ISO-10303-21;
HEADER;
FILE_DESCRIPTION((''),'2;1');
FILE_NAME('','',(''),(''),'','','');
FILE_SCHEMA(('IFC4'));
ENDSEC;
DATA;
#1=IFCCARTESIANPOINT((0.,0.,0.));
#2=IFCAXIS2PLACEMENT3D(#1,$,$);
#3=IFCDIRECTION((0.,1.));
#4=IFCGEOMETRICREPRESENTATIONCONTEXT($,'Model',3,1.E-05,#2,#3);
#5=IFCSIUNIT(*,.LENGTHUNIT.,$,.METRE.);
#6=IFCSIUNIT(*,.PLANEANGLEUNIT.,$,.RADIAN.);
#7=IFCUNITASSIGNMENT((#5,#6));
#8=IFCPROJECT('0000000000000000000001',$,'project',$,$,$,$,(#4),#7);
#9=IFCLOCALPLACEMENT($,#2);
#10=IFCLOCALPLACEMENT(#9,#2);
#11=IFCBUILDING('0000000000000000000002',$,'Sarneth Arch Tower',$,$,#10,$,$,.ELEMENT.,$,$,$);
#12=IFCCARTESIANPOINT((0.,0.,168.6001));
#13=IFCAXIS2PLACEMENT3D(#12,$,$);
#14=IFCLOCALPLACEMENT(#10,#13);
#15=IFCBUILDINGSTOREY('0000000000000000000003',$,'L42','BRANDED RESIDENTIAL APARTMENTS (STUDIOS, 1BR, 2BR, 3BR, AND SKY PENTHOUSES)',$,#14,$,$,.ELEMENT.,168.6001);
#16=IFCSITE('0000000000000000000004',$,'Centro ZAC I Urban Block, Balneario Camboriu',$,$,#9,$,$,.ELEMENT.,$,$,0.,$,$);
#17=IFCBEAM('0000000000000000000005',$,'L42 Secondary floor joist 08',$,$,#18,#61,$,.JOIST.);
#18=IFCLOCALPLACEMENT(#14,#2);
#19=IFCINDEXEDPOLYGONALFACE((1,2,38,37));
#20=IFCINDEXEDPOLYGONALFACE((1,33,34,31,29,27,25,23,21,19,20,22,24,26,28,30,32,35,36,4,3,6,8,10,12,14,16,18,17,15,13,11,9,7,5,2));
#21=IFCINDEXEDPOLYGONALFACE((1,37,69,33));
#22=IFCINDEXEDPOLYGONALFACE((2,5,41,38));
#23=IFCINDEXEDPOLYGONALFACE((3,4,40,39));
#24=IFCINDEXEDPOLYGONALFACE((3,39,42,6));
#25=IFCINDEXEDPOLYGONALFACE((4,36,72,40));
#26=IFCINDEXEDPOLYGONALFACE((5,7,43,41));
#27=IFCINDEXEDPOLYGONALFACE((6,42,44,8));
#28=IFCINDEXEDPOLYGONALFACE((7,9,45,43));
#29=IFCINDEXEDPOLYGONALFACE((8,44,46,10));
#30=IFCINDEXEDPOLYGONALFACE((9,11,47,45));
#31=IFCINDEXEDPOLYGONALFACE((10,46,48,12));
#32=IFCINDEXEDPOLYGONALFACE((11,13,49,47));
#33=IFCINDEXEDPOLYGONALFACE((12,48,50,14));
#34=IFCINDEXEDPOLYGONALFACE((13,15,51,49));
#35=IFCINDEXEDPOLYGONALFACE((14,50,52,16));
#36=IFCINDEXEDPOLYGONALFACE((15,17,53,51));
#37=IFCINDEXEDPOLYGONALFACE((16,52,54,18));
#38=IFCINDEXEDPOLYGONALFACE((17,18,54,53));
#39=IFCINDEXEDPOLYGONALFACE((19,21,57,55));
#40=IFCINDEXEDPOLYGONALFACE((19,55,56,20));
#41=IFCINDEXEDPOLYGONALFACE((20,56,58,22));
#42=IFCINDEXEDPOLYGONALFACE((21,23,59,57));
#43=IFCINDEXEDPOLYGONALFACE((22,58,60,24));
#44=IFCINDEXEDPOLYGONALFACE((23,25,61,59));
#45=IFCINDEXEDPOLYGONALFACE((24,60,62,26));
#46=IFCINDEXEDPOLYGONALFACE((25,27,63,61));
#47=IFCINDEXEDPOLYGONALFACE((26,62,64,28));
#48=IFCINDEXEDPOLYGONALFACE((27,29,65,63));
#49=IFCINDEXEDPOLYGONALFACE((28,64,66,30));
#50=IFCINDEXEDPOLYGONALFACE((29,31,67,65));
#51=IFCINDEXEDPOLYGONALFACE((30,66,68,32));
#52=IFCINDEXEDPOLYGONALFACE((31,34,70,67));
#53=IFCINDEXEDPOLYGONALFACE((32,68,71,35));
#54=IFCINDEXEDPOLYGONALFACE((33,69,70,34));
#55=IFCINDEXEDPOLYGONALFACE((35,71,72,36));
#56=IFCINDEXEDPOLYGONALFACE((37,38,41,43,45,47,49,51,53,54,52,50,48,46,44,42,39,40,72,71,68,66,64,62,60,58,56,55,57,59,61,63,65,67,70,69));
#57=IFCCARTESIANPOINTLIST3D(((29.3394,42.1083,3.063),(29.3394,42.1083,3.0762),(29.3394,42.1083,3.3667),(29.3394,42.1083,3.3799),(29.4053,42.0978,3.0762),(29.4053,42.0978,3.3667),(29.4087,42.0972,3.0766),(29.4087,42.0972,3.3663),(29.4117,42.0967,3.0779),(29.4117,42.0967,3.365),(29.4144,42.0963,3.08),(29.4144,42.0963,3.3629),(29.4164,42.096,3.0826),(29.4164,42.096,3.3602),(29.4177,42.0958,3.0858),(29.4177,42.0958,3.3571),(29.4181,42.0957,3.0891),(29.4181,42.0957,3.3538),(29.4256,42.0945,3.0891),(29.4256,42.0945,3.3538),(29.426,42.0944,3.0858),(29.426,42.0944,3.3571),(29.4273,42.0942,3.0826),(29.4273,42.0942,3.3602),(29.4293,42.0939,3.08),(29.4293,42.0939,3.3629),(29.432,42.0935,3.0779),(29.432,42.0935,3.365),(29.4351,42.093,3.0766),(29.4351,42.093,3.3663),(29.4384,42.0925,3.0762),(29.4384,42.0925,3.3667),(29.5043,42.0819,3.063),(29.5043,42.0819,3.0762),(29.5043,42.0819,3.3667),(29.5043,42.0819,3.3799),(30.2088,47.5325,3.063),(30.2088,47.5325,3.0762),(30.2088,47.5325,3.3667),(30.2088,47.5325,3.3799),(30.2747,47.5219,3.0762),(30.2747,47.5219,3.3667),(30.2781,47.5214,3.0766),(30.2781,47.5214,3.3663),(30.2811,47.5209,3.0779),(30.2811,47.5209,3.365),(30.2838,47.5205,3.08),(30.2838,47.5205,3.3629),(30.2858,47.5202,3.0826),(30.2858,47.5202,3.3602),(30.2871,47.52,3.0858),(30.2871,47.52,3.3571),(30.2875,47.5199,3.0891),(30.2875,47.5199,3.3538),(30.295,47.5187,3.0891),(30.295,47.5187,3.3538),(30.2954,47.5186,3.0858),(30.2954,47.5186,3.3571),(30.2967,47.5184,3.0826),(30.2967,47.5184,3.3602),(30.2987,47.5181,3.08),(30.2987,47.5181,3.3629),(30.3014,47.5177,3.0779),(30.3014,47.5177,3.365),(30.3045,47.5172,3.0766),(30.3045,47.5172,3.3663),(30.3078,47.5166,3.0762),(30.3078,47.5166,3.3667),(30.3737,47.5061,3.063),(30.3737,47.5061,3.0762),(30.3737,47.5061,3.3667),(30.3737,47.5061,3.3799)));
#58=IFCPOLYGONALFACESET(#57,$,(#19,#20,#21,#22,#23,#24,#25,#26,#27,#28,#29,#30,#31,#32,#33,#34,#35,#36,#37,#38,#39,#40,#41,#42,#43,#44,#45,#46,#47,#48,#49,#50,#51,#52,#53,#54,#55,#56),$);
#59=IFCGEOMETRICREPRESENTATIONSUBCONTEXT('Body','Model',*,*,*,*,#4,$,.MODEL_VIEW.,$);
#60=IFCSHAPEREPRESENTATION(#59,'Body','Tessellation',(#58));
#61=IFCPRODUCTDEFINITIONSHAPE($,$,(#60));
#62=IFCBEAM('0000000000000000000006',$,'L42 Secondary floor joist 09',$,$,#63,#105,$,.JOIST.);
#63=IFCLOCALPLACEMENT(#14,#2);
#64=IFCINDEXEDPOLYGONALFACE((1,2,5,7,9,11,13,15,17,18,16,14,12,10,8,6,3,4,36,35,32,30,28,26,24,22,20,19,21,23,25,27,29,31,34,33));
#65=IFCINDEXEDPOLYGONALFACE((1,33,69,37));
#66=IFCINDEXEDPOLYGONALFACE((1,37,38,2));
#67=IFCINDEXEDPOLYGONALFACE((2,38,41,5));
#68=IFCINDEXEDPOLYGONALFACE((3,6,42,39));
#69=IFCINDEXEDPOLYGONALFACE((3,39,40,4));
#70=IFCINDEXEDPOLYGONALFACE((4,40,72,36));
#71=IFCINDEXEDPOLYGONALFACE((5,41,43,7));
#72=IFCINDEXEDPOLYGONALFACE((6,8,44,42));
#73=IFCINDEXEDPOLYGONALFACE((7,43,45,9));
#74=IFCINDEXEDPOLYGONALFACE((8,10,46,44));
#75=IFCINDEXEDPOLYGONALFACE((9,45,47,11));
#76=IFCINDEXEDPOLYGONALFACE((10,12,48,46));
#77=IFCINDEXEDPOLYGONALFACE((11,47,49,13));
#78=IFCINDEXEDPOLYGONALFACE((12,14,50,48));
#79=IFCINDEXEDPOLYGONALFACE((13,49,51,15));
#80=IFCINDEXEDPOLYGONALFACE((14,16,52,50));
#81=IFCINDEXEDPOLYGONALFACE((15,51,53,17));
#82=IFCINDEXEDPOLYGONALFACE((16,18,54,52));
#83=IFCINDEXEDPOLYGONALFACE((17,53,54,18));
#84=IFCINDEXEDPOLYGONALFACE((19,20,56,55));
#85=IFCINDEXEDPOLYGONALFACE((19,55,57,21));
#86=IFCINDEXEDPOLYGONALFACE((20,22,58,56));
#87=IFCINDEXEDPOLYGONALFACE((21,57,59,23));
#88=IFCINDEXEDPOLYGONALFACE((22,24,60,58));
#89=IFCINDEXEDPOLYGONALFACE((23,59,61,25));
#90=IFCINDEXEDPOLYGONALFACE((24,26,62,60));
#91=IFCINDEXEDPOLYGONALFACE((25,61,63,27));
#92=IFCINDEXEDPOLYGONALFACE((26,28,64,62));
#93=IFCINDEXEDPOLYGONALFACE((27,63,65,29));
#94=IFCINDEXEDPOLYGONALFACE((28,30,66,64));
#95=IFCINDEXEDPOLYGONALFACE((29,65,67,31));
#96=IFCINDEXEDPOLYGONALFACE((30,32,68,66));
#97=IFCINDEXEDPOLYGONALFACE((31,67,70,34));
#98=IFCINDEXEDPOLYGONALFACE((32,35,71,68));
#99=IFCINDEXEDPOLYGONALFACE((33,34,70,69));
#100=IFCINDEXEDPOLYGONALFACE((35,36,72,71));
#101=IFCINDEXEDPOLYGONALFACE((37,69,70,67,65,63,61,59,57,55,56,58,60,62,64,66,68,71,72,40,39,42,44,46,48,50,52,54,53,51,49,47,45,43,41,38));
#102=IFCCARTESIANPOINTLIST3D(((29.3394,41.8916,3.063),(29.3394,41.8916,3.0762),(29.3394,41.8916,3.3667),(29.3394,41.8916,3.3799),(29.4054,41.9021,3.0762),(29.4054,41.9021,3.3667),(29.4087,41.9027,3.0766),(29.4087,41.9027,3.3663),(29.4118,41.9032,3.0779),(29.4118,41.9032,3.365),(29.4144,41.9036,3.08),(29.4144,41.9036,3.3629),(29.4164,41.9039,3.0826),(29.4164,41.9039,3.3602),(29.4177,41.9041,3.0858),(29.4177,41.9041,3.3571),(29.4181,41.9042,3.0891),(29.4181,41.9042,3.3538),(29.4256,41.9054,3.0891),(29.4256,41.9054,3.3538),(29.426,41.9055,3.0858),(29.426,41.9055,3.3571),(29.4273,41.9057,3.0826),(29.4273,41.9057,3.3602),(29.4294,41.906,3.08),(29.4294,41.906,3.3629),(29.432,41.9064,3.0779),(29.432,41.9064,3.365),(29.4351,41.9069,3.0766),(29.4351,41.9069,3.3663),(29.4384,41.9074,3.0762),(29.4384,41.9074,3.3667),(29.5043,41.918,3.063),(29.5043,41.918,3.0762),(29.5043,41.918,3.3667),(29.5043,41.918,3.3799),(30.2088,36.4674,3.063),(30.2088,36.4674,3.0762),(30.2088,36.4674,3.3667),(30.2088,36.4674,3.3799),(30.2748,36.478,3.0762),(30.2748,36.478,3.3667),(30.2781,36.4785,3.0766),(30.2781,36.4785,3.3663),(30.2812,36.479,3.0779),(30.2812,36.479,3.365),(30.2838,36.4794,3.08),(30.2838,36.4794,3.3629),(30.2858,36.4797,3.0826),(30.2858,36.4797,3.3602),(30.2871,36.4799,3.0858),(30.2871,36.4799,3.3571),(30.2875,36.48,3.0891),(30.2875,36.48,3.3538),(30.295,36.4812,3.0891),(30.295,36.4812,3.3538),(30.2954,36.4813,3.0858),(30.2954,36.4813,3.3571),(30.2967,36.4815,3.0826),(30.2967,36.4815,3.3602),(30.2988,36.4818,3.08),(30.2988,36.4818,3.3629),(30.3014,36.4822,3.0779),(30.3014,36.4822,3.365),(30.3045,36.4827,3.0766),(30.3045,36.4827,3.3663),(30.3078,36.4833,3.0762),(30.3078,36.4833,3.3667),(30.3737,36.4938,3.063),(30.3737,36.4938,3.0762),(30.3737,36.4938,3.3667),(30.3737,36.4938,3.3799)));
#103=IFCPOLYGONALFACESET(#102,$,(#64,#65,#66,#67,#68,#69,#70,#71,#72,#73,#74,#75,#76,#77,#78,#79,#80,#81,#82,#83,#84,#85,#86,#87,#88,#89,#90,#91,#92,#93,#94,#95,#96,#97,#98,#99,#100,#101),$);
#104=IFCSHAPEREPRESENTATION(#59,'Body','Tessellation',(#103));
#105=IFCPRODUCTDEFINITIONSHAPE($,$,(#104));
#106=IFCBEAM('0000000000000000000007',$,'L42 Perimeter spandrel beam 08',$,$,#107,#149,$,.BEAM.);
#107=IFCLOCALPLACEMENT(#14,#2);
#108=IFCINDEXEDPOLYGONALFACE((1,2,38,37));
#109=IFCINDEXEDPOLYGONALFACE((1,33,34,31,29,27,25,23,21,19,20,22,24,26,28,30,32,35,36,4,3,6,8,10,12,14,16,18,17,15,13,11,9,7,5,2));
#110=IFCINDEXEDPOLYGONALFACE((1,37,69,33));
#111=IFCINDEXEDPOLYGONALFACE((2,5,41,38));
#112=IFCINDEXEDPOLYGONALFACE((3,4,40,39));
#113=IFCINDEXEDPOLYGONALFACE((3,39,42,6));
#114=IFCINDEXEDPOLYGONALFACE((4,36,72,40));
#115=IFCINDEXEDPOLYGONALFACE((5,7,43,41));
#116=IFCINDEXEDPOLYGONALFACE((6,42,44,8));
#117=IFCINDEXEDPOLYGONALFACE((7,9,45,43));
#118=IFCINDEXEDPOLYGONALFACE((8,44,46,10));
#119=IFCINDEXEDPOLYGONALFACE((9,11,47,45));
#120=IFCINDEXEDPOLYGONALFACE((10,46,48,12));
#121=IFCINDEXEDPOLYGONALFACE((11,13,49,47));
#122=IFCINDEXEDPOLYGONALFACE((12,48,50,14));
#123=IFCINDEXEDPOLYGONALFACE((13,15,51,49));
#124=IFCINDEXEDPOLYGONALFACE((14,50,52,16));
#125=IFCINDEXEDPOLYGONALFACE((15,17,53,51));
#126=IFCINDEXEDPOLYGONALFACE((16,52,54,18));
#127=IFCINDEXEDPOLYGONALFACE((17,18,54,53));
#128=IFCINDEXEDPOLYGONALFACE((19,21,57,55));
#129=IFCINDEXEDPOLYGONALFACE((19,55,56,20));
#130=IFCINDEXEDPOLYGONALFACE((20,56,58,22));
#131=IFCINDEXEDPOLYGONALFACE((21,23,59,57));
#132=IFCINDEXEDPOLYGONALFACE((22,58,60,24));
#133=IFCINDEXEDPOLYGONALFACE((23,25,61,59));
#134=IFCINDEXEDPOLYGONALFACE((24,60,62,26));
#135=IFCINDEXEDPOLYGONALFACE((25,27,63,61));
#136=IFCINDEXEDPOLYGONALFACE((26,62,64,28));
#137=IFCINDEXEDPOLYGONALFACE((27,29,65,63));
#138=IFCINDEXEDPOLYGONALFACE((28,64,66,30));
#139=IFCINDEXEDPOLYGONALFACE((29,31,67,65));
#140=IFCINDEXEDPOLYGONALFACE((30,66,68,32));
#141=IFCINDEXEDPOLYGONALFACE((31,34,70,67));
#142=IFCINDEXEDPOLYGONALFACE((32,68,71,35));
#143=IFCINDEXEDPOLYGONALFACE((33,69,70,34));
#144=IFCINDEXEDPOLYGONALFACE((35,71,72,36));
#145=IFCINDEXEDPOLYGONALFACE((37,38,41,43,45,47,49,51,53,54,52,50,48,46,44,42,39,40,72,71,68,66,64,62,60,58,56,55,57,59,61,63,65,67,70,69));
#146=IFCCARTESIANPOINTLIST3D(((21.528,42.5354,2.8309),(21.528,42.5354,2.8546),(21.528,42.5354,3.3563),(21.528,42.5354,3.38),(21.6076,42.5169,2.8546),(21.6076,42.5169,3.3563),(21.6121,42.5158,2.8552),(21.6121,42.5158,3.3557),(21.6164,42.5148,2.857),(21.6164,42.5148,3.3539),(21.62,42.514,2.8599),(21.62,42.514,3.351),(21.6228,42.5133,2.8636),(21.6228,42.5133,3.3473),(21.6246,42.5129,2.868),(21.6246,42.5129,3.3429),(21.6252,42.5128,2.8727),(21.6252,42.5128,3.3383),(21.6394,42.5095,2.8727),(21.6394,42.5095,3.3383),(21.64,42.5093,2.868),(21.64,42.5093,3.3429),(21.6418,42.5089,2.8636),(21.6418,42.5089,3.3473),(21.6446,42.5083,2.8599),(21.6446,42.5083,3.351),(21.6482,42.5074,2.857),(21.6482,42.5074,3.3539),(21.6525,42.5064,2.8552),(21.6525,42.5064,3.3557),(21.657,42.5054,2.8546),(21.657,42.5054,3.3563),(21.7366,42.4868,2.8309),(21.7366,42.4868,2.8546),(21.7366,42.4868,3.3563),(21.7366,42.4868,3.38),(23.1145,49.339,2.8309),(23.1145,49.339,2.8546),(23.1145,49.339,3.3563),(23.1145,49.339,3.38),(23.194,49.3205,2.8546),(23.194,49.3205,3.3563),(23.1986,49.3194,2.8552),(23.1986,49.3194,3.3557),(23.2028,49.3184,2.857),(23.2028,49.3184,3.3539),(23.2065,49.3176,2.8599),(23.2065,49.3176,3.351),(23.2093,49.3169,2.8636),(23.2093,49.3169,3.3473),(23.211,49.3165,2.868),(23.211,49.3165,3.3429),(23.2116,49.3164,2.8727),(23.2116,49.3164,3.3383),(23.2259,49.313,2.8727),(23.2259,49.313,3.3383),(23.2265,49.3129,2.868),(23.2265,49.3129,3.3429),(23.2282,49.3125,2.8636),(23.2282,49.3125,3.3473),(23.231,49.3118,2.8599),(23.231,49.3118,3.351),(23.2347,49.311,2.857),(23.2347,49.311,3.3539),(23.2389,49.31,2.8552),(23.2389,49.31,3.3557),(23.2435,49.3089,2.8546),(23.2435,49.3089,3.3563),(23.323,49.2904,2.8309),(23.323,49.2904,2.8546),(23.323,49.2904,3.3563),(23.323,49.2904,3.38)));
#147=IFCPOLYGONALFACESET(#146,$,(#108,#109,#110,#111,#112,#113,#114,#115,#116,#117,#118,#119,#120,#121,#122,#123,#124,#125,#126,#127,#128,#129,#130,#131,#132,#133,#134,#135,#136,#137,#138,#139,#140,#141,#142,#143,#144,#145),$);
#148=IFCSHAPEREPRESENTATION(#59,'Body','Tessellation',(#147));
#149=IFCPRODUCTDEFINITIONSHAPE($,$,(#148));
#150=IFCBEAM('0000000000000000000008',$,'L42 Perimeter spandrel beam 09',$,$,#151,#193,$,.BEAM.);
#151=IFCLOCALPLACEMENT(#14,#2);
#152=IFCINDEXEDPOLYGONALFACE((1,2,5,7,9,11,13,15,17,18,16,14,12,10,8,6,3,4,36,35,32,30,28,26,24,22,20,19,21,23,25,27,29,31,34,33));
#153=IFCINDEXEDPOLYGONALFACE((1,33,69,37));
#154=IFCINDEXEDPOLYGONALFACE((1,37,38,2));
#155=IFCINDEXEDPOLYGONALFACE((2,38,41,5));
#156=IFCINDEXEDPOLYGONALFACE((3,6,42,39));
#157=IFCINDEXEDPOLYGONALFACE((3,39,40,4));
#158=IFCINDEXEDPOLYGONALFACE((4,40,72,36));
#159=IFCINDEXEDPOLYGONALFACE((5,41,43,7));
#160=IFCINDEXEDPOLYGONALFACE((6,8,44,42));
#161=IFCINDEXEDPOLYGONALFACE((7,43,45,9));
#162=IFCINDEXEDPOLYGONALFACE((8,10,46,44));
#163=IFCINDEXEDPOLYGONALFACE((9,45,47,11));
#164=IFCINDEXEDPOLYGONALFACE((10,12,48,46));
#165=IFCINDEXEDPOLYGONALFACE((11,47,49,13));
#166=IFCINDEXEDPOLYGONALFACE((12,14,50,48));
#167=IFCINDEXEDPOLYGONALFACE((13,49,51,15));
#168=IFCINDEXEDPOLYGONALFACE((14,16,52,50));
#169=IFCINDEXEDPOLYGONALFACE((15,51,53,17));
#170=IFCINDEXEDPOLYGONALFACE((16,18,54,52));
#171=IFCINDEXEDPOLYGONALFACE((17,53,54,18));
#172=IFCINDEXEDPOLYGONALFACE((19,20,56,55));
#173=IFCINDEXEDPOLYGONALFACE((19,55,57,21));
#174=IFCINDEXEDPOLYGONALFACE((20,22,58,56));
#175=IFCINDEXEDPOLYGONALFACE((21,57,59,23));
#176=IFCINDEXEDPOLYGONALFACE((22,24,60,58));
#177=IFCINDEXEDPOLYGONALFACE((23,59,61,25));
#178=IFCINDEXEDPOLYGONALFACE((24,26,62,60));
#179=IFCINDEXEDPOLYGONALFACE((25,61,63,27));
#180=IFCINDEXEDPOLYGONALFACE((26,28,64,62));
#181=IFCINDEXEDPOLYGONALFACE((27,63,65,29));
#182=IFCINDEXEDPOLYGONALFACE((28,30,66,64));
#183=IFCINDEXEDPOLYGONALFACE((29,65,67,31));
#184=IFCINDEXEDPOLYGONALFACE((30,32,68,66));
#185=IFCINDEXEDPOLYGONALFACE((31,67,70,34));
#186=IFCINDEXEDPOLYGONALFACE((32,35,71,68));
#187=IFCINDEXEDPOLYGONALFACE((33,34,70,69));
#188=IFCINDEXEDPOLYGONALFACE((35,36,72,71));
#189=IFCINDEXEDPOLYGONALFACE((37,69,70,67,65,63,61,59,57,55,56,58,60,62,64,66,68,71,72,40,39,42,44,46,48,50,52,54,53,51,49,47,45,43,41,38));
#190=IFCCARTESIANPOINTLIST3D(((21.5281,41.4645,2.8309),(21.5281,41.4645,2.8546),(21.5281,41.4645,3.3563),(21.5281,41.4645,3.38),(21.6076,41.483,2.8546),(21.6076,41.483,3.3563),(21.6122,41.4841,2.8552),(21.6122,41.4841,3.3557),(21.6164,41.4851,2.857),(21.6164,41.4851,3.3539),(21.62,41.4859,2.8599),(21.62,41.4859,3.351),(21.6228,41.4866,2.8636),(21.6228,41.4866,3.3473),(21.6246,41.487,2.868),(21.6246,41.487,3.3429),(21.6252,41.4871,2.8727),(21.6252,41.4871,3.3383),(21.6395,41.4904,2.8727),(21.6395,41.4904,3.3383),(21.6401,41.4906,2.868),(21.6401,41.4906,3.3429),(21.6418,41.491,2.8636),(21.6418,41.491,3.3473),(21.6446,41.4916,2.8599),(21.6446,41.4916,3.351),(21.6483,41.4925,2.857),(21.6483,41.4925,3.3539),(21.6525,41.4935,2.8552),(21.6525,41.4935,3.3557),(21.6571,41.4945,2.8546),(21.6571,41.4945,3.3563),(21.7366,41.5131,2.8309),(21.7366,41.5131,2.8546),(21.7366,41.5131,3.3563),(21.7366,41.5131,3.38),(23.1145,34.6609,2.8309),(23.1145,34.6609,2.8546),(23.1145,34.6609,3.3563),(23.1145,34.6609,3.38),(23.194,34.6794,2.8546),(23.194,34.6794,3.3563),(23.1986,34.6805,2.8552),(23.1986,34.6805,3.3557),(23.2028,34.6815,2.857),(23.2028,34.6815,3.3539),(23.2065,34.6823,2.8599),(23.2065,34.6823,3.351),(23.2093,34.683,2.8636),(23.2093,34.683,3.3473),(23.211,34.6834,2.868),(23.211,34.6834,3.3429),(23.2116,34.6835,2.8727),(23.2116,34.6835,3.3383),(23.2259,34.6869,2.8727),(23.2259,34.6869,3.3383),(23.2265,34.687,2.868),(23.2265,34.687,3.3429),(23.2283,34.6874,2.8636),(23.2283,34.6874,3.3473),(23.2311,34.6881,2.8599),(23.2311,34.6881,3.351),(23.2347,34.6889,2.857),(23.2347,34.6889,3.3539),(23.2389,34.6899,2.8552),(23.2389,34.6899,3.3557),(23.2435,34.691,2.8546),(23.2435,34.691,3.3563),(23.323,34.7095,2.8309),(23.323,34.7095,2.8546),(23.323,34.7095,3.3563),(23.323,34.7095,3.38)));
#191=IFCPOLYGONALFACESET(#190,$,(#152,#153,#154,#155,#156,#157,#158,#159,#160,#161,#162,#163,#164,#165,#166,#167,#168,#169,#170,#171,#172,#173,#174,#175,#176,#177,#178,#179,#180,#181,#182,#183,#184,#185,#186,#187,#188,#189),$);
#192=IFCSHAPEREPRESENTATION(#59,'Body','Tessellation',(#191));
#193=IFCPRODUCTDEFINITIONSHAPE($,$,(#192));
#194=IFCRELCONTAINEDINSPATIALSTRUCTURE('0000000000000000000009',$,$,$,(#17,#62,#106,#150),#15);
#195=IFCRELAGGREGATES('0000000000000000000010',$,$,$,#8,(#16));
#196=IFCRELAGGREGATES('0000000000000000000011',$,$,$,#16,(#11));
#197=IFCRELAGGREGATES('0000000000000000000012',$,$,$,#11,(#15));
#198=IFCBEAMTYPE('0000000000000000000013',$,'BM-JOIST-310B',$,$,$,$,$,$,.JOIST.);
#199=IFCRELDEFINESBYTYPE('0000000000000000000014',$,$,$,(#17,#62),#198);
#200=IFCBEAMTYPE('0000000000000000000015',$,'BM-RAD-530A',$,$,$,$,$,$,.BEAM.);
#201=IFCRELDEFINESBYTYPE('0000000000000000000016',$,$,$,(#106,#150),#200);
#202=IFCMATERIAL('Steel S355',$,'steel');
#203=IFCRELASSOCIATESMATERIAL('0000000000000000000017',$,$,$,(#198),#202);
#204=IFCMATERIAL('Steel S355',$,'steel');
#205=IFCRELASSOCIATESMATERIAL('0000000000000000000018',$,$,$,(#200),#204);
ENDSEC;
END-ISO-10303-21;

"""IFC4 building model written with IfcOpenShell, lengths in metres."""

from ifc_helpers import new_model, si_unit, direction, frame, origin, origin_2d, place, context, subcontext, project, spatial, i_section, extrude, material, material_profile, profile_set, type_object, element, save


model = new_model("IFC4")

# Units and contexts
model_context = context("Model", 3, precision=1e-05, world=origin(), true_north=direction((0.0, 1.0)))
body_context = subcontext(model_context, "Body", "Model", "MODEL_VIEW")
ifc_project = project(units=[si_unit("LENGTHUNIT", "METRE"), si_unit("PLANEANGLEUNIT", "RADIAN")], contexts=[model_context])

# Site, building, storey
site_placement = place(None, origin())
site = spatial("IfcSite", under=ifc_project, at=site_placement, Name="Centro ZAC I Urban Block, Balneario Camboriu", CompositionType="ELEMENT", RefElevation=0.0)
building_placement = place(site_placement, origin())
building = spatial("IfcBuilding", under=site, at=building_placement, Name="Sarneth Arch Tower", CompositionType="ELEMENT")
storey_placement = place(building_placement, frame((0.0, 0.0, 168.6001)))
storey = spatial("IfcBuildingStorey", under=building, at=storey_placement, Name="L42", Description="BRANDED RESIDENTIAL APARTMENTS (STUDIOS, 1BR, 2BR, 3BR, AND SKY PENTHOUSES)", CompositionType="ELEMENT", Elevation=168.6001)

# Beams
ifc_material_1 = material(Name="Steel S355", Category="steel")
ifc_material_profile_1 = material_profile(ifc_material_1, i_section(OverallWidth=0.167, OverallDepth=0.3169, WebThickness=0.0076, FlangeThickness=0.0132, FilletRadius=0.0129, at=origin_2d()), Name="W310x52")
ifc_profile_set_1 = profile_set([ifc_material_profile_1], Name="Steel S355")
beam_type_1 = type_object("IfcBeamType", Name="BM-JOIST-310B", PredefinedType="JOIST", material=ifc_profile_set_1)
for number, where, z_axis, x_axis, name in (
    (1, (30.2913, 47.5193, 3.2214), (-0.158263, -0.987397, 0.0), (0.987397, -0.158263, 0.0), "L42 Secondary floor joist 08"),
    (2, (29.4219, 41.9048, 3.2214), (0.158263, -0.987397, 0.0), (0.987397, 0.158263, 0.0), "L42 Secondary floor joist 09"),
):
    element("IfcBeam", number, at=place(storey_placement, frame(where, z_axis=z_axis, x_axis=x_axis)), inside=storey, type_object=beam_type_1, Name=name, PredefinedType="JOIST", context=body_context, shape_type="SweptSolid", body=[
        extrude(i_section(OverallWidth=0.167, OverallDepth=0.3169, WebThickness=0.0076, FlangeThickness=0.0132, FilletRadius=0.0129, at=origin_2d()), origin(), (0.0, 0.0, 1.0), 5.4934),
    ])
ifc_material_2 = material(Name="Steel S355", Category="steel")
ifc_material_profile_2 = material_profile(ifc_material_2, i_section(OverallWidth=0.2141, OverallDepth=0.5491, WebThickness=0.0146, FlangeThickness=0.0237, FilletRadius=0.0181, at=origin_2d()), Name="W530x138")
ifc_profile_set_2 = profile_set([ifc_material_profile_2], Name="Steel S355")
beam_type_2 = type_object("IfcBeamType", Name="BM-RAD-530A", PredefinedType="BEAM", material=ifc_profile_set_2)
for number, where, z_axis, x_axis, name in (
    (3, (23.2188, 49.3147, 3.1055), (-0.227087, -0.973874, 0.0), (0.973874, -0.227087, 0.0), "L42 Perimeter spandrel beam 08"),
    (4, (21.6323, 41.4888, 3.1055), (0.227087, -0.973874, 0.0), (0.973874, 0.227087, 0.0), "L42 Perimeter spandrel beam 09"),
):
    element("IfcBeam", number, at=place(storey_placement, frame(where, z_axis=z_axis, x_axis=x_axis)), inside=storey, type_object=beam_type_2, Name=name, PredefinedType="BEAM", context=body_context, shape_type="SweptSolid", body=[
        extrude(i_section(OverallWidth=0.2141, OverallDepth=0.5491, WebThickness=0.0146, FlangeThickness=0.0237, FilletRadius=0.0181, at=origin_2d()), origin(), (0.0, 0.0, 1.0), 6.9861),
    ])

save(model, "model.ifc")
